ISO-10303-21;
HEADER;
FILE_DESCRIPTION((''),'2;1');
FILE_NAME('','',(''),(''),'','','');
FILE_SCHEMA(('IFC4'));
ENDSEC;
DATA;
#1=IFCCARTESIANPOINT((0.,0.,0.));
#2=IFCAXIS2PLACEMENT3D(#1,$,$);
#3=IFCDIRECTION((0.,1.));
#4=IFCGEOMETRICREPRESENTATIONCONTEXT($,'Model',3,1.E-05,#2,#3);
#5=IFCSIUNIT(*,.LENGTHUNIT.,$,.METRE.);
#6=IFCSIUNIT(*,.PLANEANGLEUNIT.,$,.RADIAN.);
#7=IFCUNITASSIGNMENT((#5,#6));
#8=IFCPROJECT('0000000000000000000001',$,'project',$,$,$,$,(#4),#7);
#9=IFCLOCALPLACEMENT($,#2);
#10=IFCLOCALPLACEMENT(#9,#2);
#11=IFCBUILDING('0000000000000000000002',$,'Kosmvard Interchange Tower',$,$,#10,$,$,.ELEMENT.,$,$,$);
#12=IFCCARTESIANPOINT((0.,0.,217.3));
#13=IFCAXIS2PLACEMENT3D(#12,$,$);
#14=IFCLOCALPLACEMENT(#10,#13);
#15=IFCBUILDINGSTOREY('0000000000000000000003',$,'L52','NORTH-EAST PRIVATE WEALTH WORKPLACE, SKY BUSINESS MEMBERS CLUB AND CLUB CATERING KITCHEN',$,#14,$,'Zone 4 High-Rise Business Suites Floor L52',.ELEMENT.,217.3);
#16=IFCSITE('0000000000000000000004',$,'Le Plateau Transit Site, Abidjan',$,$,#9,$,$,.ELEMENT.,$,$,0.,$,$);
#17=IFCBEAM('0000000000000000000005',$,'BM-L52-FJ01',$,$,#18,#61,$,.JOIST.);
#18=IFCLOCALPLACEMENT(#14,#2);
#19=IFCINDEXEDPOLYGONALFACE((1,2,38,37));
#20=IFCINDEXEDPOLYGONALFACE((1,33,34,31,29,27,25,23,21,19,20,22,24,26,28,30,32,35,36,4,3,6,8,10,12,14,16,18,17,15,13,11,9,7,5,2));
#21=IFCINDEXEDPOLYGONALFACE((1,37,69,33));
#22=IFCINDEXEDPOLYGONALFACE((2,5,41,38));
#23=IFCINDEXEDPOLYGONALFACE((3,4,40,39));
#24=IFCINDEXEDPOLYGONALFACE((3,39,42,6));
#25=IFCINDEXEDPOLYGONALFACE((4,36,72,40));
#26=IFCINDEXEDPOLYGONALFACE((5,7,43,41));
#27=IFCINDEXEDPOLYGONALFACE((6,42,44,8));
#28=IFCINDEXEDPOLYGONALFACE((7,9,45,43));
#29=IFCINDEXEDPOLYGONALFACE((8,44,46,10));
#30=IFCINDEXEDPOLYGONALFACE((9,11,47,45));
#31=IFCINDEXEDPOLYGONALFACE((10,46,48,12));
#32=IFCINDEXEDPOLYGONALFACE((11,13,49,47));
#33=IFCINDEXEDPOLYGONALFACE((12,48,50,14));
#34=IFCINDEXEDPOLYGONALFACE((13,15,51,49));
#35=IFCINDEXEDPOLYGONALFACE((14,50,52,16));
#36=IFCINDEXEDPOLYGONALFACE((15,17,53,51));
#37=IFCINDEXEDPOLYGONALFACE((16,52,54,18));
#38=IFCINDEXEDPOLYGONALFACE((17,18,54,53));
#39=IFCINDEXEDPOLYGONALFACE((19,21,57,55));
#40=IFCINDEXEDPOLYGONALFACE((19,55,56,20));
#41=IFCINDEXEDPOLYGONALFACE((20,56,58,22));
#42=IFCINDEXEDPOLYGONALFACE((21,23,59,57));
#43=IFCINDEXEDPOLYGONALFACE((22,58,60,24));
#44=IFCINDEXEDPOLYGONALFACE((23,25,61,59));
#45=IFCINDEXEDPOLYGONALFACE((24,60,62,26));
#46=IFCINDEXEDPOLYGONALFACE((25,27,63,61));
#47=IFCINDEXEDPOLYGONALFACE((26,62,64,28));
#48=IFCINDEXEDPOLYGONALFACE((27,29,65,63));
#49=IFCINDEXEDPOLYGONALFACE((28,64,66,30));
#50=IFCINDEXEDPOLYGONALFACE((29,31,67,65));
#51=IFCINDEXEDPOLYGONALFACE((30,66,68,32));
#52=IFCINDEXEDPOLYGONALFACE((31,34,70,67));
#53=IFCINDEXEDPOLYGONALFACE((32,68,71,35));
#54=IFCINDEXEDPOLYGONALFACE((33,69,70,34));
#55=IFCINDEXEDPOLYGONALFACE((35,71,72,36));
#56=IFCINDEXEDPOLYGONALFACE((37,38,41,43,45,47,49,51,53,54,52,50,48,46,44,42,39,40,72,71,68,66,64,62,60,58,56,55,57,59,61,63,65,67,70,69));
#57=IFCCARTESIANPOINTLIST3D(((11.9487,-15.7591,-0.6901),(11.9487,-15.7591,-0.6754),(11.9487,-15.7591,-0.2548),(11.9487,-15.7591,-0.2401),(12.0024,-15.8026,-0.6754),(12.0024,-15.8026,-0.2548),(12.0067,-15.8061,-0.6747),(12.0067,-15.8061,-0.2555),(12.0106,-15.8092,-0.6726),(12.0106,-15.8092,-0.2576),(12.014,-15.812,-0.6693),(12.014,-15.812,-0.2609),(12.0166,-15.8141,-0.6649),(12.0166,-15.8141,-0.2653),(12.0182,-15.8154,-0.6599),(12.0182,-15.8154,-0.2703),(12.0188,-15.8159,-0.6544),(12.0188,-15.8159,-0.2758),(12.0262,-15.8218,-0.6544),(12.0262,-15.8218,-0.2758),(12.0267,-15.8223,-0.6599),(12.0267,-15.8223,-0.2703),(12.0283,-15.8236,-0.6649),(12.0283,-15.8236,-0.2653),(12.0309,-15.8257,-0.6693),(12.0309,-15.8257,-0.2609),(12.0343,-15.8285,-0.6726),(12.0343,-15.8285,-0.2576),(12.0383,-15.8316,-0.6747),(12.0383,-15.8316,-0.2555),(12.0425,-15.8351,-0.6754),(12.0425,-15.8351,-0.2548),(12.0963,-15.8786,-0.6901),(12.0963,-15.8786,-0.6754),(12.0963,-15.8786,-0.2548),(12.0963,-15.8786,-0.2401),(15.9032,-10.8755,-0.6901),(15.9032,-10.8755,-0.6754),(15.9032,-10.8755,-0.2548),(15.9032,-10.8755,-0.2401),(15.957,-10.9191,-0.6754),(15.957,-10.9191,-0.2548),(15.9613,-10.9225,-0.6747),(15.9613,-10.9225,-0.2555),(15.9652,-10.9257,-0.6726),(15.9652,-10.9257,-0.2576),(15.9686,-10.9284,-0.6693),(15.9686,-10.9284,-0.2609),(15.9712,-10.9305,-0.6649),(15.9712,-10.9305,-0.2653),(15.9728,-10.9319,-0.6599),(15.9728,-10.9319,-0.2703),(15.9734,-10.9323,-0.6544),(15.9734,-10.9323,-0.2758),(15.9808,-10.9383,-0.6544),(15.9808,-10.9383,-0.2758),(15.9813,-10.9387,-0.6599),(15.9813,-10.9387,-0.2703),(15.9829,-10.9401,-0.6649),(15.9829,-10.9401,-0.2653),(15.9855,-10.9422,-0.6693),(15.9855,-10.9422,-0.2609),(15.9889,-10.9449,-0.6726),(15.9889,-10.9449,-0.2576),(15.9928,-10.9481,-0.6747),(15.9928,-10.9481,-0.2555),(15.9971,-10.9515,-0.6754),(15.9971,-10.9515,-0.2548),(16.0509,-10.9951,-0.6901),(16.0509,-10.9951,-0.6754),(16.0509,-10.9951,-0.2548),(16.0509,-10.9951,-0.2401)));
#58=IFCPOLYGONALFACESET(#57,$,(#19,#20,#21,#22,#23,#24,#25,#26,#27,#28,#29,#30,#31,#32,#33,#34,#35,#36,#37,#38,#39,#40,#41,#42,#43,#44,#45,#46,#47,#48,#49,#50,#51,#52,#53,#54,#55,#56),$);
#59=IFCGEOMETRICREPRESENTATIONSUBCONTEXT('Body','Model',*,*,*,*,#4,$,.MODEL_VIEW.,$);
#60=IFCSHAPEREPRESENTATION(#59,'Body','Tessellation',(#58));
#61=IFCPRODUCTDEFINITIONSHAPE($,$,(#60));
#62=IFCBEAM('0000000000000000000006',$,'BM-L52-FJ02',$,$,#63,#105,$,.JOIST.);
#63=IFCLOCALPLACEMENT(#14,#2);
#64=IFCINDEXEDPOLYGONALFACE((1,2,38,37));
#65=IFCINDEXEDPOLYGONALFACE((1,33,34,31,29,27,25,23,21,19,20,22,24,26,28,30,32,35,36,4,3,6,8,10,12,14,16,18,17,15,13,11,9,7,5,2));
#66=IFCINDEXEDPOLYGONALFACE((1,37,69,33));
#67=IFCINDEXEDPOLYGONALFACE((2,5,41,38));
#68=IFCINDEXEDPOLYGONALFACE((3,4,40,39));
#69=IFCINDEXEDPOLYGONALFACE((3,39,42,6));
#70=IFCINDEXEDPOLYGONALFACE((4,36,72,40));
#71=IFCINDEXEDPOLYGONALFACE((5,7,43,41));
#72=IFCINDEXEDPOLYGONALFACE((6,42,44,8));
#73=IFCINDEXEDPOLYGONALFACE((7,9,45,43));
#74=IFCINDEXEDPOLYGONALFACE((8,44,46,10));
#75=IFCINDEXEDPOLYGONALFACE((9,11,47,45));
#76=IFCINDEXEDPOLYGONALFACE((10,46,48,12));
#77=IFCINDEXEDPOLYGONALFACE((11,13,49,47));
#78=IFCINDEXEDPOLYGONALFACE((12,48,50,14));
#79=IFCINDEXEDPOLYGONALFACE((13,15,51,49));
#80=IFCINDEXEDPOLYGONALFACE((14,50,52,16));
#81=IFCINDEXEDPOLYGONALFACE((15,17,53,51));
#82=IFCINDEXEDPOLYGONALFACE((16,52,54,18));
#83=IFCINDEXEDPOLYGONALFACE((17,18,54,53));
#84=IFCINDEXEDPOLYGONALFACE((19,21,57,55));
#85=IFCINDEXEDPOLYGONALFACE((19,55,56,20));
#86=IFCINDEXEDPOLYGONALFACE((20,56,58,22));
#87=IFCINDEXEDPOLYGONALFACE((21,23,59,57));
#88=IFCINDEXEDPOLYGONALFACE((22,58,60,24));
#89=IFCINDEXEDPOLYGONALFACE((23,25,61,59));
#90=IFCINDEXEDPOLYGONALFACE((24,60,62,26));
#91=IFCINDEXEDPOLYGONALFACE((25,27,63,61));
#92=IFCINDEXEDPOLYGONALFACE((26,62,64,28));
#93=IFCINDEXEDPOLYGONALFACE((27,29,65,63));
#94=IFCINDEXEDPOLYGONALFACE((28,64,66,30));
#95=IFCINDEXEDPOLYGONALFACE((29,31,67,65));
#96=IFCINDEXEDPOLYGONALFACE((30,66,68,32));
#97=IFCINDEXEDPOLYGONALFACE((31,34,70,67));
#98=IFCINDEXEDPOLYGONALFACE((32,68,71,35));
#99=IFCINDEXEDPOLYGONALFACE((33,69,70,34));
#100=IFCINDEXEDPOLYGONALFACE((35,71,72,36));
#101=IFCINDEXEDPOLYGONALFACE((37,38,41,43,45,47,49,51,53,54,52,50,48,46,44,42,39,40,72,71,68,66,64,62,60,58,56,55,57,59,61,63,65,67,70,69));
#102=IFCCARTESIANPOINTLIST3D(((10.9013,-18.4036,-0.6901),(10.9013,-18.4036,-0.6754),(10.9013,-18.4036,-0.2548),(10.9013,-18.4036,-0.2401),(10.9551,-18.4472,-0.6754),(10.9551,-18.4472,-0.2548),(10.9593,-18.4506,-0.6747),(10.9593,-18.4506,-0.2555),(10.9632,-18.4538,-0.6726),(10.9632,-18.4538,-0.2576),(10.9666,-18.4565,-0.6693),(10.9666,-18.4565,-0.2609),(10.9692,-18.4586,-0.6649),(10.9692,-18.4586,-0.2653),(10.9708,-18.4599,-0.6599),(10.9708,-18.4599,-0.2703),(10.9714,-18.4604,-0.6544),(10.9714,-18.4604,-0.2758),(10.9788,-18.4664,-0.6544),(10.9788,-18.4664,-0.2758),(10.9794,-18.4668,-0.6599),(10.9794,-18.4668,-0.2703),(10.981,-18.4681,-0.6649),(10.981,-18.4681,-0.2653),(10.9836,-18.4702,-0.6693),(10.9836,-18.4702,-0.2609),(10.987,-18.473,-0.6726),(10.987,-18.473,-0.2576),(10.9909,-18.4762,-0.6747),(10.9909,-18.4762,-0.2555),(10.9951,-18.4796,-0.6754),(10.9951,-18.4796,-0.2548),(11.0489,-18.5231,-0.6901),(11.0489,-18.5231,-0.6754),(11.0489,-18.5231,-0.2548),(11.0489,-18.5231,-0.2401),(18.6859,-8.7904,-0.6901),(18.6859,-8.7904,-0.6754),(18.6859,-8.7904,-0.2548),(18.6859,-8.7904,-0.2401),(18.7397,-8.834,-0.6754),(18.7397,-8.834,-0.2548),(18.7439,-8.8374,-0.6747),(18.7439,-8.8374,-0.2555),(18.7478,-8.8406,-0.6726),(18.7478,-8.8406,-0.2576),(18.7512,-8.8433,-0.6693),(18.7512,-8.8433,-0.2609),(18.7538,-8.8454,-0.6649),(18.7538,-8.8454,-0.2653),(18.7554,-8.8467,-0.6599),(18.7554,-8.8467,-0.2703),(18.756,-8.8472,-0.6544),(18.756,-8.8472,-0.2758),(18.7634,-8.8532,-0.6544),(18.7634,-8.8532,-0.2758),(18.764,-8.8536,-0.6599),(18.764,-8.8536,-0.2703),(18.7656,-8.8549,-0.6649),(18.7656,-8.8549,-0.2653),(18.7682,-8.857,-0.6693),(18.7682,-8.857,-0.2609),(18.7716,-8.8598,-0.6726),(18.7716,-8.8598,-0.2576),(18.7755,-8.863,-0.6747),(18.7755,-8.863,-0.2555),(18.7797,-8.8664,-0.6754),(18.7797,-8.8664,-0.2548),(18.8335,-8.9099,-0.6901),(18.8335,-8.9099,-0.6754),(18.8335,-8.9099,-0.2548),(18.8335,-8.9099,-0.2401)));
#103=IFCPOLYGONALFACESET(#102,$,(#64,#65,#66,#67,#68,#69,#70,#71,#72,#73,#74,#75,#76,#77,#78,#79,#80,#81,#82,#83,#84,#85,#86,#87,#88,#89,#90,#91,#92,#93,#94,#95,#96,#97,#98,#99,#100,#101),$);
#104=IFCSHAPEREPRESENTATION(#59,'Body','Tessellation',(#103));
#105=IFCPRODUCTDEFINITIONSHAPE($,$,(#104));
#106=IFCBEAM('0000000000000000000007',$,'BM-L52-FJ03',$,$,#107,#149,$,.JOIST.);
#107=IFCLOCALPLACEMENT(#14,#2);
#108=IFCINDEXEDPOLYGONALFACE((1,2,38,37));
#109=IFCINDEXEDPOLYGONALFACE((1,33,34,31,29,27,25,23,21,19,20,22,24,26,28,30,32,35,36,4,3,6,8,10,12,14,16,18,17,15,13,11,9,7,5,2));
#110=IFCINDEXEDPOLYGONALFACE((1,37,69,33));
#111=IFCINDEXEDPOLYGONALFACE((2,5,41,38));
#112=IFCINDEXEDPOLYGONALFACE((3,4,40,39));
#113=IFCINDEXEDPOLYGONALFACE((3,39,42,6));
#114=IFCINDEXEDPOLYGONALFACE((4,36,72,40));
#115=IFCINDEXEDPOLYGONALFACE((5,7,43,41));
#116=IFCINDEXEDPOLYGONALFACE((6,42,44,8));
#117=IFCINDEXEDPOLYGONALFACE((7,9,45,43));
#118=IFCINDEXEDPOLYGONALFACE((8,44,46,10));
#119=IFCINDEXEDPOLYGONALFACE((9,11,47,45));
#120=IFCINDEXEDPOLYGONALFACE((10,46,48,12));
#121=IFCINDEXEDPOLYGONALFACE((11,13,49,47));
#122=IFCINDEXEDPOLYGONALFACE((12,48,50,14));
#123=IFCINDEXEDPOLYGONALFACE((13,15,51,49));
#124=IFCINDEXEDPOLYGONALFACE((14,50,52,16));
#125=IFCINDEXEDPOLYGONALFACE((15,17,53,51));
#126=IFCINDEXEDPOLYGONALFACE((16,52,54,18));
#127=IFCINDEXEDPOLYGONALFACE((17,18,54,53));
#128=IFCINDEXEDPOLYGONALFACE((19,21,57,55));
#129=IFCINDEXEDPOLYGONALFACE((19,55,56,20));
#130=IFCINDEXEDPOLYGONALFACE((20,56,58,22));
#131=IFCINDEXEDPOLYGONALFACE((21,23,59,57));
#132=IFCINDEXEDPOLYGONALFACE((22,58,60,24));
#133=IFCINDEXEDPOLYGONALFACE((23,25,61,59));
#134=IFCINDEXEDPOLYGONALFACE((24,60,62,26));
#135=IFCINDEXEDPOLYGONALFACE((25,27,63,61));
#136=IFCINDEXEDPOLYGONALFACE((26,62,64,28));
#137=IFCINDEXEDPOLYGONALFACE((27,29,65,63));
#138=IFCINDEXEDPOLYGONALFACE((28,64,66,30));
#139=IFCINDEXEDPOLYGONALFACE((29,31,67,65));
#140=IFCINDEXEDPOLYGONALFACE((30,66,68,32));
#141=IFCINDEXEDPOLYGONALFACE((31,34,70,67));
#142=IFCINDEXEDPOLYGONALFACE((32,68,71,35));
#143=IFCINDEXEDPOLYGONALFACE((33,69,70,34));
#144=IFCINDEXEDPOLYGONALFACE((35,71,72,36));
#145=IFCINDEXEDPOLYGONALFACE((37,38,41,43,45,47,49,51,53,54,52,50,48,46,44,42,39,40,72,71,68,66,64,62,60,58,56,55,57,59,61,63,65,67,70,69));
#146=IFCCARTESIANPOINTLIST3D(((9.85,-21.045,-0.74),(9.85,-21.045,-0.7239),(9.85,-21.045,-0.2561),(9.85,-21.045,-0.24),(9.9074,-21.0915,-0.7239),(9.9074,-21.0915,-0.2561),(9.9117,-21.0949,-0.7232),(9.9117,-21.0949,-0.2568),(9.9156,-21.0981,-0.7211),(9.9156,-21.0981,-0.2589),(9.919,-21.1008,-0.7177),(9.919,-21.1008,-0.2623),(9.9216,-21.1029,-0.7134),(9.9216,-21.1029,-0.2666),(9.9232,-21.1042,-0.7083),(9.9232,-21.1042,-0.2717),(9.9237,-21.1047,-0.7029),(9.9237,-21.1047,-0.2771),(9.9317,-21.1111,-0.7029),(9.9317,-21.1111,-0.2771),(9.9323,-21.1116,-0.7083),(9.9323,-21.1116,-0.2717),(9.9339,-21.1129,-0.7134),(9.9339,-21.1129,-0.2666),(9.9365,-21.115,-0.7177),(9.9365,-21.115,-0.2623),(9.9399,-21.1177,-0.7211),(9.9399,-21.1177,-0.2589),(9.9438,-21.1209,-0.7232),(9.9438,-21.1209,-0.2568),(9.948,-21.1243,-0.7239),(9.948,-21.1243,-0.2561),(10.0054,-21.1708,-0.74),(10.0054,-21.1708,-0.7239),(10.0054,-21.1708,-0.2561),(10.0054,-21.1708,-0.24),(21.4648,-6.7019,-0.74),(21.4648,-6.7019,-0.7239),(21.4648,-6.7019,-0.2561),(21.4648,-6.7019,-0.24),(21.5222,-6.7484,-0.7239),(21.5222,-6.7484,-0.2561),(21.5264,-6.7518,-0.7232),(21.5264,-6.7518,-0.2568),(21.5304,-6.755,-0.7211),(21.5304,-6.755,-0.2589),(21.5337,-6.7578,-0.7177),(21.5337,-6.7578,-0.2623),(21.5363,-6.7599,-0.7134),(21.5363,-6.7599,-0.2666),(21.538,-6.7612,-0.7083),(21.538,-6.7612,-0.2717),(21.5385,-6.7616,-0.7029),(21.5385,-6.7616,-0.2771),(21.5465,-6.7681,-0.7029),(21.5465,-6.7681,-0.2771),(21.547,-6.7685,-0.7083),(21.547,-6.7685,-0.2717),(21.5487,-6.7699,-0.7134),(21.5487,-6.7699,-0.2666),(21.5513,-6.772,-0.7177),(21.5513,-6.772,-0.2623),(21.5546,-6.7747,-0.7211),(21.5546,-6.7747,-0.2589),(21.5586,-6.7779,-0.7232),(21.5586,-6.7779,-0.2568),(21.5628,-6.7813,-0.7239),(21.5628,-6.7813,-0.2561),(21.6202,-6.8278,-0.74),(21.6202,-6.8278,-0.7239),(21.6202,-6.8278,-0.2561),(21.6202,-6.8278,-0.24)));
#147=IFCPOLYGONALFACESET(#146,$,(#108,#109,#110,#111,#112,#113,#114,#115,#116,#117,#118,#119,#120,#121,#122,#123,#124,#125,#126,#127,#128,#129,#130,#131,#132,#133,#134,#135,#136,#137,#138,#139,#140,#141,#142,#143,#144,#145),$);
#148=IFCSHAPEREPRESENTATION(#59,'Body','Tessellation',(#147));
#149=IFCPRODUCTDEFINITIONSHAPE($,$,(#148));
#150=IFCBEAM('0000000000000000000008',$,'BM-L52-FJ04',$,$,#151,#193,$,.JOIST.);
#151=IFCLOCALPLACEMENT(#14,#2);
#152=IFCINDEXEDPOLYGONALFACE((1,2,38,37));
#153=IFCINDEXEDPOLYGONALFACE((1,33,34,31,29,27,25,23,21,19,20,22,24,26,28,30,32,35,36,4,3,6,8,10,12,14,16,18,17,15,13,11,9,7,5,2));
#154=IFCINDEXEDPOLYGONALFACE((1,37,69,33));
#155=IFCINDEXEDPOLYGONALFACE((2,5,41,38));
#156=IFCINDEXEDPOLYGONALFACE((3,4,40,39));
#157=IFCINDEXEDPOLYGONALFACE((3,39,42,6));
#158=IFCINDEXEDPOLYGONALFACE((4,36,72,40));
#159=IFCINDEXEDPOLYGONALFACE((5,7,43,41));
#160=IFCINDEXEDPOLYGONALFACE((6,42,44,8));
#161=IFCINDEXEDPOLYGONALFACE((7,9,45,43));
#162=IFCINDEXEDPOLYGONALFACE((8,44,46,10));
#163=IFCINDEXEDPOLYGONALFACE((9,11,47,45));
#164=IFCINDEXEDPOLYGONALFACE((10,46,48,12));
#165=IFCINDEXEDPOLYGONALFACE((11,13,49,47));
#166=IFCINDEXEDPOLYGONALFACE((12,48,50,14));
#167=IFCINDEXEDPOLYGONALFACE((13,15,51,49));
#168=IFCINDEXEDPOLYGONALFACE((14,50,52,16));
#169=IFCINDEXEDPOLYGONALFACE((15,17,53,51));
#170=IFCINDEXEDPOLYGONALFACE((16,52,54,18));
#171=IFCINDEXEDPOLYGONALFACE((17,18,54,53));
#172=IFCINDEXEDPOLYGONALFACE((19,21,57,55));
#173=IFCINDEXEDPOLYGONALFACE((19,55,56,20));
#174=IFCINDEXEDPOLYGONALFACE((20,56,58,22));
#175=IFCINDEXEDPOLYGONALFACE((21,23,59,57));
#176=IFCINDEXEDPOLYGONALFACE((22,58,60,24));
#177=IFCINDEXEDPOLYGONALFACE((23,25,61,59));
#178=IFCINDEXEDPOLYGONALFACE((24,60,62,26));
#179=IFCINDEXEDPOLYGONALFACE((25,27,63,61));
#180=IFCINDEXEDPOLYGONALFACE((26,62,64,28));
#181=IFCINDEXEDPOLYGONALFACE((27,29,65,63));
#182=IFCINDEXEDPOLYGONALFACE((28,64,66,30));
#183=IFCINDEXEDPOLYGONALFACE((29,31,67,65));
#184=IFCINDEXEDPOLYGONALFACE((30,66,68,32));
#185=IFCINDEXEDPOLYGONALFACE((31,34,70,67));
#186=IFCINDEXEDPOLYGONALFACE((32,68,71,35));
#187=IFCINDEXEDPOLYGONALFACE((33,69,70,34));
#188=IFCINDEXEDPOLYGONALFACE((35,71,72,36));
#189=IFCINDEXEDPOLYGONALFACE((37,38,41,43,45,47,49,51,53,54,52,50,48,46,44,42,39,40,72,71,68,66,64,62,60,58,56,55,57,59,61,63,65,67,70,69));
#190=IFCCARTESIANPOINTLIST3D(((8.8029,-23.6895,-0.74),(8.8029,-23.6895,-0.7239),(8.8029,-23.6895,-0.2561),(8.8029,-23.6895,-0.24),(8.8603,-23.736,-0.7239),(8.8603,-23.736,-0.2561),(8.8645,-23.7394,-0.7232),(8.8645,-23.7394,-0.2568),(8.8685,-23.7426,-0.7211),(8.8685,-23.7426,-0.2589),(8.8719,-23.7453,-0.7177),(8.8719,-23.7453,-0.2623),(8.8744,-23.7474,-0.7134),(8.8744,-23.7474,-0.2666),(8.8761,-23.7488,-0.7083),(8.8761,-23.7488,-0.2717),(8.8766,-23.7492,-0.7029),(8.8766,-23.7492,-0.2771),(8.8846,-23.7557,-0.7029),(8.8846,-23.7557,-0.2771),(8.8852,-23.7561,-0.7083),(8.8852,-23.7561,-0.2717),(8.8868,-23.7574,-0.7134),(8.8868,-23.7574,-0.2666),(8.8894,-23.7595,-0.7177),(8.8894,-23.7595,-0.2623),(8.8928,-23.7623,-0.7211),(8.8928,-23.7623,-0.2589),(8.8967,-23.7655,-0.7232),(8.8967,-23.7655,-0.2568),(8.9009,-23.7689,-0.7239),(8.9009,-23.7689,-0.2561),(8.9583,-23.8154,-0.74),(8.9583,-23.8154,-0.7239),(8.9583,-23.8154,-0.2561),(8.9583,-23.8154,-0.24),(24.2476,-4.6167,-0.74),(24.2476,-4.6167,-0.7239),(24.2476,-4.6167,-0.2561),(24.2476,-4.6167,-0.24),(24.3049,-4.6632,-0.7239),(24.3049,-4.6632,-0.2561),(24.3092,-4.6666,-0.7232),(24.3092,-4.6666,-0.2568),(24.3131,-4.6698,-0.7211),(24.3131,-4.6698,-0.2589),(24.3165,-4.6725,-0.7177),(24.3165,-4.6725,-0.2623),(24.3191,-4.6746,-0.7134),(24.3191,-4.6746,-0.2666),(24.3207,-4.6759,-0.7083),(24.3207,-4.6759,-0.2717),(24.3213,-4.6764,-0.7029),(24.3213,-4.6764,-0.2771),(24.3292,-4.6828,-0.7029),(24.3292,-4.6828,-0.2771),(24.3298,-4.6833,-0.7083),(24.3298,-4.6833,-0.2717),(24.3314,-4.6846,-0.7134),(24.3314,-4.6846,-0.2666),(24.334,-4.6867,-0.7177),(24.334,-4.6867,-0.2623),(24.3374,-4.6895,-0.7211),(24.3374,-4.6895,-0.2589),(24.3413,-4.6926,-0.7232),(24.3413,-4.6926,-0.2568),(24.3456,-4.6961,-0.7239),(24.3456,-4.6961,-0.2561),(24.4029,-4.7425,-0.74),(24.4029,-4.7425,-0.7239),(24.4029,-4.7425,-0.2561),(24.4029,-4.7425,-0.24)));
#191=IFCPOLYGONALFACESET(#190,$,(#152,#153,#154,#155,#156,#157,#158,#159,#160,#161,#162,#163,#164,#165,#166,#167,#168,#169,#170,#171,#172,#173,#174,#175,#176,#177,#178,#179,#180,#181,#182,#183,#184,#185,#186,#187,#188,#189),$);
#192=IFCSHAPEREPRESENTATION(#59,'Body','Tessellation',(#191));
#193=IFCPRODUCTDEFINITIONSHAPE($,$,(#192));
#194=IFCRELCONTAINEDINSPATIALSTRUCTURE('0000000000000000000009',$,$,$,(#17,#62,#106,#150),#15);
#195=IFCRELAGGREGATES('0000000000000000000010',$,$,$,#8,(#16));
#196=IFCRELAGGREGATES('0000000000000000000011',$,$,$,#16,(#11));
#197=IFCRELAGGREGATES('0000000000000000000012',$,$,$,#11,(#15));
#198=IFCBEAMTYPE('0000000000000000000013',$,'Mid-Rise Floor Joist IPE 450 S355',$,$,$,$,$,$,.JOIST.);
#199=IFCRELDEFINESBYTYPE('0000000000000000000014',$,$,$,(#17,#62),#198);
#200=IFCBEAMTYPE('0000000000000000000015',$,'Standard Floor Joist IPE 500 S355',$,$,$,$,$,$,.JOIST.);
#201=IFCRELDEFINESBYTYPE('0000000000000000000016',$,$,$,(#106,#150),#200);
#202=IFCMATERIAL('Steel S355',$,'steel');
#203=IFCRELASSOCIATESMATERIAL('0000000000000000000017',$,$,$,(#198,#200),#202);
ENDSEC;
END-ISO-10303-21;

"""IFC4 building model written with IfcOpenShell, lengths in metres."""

from ifc_helpers import new_model, si_unit, direction, frame, origin, origin_2d, place, context, subcontext, project, spatial, i_section, extrude, source, transform, mapped, material, material_profile, profile_set, type_object, element, save


model = new_model("IFC4")

# Units and contexts
model_context = context("Model", 3, precision=1e-05, world=origin(), true_north=direction((0.0, 1.0)))
body_context = subcontext(model_context, "Body", "Model", "MODEL_VIEW")
ifc_project = project(units=[si_unit("LENGTHUNIT", "METRE"), si_unit("PLANEANGLEUNIT", "RADIAN")], contexts=[model_context])

# Site, building, storey
site_placement = place(None, origin())
site = spatial("IfcSite", under=ifc_project, at=site_placement, Name="Le Plateau Transit Site, Abidjan", CompositionType="ELEMENT", RefElevation=0.0)
building_placement = place(site_placement, origin())
building = spatial("IfcBuilding", under=site, at=building_placement, Name="Kosmvard Interchange Tower", CompositionType="ELEMENT")
storey_placement = place(building_placement, frame((0.0, 0.0, 217.3)))
storey = spatial("IfcBuildingStorey", under=building, at=storey_placement, Name="L52", Description="NORTH-EAST PRIVATE WEALTH WORKPLACE, SKY BUSINESS MEMBERS CLUB AND CLUB CATERING KITCHEN", LongName="Zone 4 High-Rise Business Suites Floor L52", CompositionType="ELEMENT", Elevation=217.3)

# Beams
ifc_material_1 = material(Name="Steel S355", Category="steel")
ifc_material_profile_1 = material_profile(ifc_material_1, i_section(OverallWidth=0.1899, OverallDepth=0.45, WebThickness=0.0095, FlangeThickness=0.0146, FilletRadius=0.021, at=origin_2d()), Name="IPE 450")
ifc_profile_set_1 = profile_set([ifc_material_profile_1], Name="Steel S355")
beam_type_1 = type_object("IfcBeamType", Name="Mid-Rise Floor Joist IPE 450 S355", PredefinedType="JOIST", material=ifc_profile_set_1)
shared_shape_1 = source(origin(), body_context, "Body", "SweptSolid", [
    extrude(i_section(OverallWidth=0.1899, OverallDepth=0.45, WebThickness=0.0095, FlangeThickness=0.0146, FilletRadius=0.021, at=origin_2d()), origin(), (0.0, 0.0, 1.0), 6.2839),
])
beam_1_placement = place(storey_placement, frame((12.0225, -15.8188, -0.4651), z_axis=(0.629318, 0.777148, 0.0), x_axis=(-0.777148, 0.629318, 0.0)))
element("IfcBeam", 1, at=beam_1_placement, inside=storey, type_object=beam_type_1, Name="BM-L52-FJ01", PredefinedType="JOIST", context=body_context, shape_type="MappedRepresentation", body=[
    mapped(shared_shape_1, transform((0.0, 0.0, 0.0), scale=1.0)),
])
shared_shape_2 = source(origin(), body_context, "Body", "SweptSolid", [
    extrude(i_section(OverallWidth=0.1899, OverallDepth=0.45, WebThickness=0.0095, FlangeThickness=0.0146, FilletRadius=0.021, at=origin_2d()), origin(), (0.0, 0.0, 1.0), 12.3699),
])
beam_2_placement = place(storey_placement, frame((10.9751, -18.4634, -0.4651), z_axis=(0.62932, 0.777147, 0.0), x_axis=(-0.777147, 0.62932, 0.0)))
element("IfcBeam", 2, at=beam_2_placement, inside=storey, type_object=beam_type_1, Name="BM-L52-FJ02", PredefinedType="JOIST", context=body_context, shape_type="MappedRepresentation", body=[
    mapped(shared_shape_2, transform((0.0, 0.0, 0.0), scale=1.0)),
])
ifc_material_profile_2 = material_profile(ifc_material_1, i_section(OverallWidth=0.2, OverallDepth=0.5, WebThickness=0.0103, FlangeThickness=0.0161, FilletRadius=0.021, at=origin_2d()), Name="IPE 500")
ifc_profile_set_2 = profile_set([ifc_material_profile_2], Name="Steel S355")
beam_type_2 = type_object("IfcBeamType", Name="Standard Floor Joist IPE 500 S355", PredefinedType="JOIST", material=ifc_profile_set_2)
shared_shape_3 = source(origin(), body_context, "Body", "SweptSolid", [
    extrude(i_section(OverallWidth=0.2, OverallDepth=0.5, WebThickness=0.0103, FlangeThickness=0.0161, FilletRadius=0.021, at=origin_2d()), origin(), (0.0, 0.0, 1.0), 18.4561),
])
beam_3_placement = place(storey_placement, frame((9.9277, -21.1079, -0.49), z_axis=(0.62932, 0.777146, 0.0), x_axis=(-0.777146, 0.62932, 0.0)))
element("IfcBeam", 3, at=beam_3_placement, inside=storey, type_object=beam_type_2, Name="BM-L52-FJ03", PredefinedType="JOIST", context=body_context, shape_type="MappedRepresentation", body=[
    mapped(shared_shape_3, transform((0.0, 0.0, 0.0), scale=1.0)),
])
shared_shape_4 = source(origin(), body_context, "Body", "SweptSolid", [
    extrude(i_section(OverallWidth=0.2, OverallDepth=0.5, WebThickness=0.0103, FlangeThickness=0.0161, FilletRadius=0.021, at=origin_2d()), origin(), (0.0, 0.0, 1.0), 24.542),
])
beam_4_placement = place(storey_placement, frame((8.8806, -23.7524, -0.49), z_axis=(0.629315, 0.777151, 0.0), x_axis=(-0.777151, 0.629315, 0.0)))
element("IfcBeam", 4, at=beam_4_placement, inside=storey, type_object=beam_type_2, Name="BM-L52-FJ04", PredefinedType="JOIST", context=body_context, shape_type="MappedRepresentation", body=[
    mapped(shared_shape_4, transform((0.0, 0.0, 0.0), scale=1.0)),
])

save(model, "model.ifc")
